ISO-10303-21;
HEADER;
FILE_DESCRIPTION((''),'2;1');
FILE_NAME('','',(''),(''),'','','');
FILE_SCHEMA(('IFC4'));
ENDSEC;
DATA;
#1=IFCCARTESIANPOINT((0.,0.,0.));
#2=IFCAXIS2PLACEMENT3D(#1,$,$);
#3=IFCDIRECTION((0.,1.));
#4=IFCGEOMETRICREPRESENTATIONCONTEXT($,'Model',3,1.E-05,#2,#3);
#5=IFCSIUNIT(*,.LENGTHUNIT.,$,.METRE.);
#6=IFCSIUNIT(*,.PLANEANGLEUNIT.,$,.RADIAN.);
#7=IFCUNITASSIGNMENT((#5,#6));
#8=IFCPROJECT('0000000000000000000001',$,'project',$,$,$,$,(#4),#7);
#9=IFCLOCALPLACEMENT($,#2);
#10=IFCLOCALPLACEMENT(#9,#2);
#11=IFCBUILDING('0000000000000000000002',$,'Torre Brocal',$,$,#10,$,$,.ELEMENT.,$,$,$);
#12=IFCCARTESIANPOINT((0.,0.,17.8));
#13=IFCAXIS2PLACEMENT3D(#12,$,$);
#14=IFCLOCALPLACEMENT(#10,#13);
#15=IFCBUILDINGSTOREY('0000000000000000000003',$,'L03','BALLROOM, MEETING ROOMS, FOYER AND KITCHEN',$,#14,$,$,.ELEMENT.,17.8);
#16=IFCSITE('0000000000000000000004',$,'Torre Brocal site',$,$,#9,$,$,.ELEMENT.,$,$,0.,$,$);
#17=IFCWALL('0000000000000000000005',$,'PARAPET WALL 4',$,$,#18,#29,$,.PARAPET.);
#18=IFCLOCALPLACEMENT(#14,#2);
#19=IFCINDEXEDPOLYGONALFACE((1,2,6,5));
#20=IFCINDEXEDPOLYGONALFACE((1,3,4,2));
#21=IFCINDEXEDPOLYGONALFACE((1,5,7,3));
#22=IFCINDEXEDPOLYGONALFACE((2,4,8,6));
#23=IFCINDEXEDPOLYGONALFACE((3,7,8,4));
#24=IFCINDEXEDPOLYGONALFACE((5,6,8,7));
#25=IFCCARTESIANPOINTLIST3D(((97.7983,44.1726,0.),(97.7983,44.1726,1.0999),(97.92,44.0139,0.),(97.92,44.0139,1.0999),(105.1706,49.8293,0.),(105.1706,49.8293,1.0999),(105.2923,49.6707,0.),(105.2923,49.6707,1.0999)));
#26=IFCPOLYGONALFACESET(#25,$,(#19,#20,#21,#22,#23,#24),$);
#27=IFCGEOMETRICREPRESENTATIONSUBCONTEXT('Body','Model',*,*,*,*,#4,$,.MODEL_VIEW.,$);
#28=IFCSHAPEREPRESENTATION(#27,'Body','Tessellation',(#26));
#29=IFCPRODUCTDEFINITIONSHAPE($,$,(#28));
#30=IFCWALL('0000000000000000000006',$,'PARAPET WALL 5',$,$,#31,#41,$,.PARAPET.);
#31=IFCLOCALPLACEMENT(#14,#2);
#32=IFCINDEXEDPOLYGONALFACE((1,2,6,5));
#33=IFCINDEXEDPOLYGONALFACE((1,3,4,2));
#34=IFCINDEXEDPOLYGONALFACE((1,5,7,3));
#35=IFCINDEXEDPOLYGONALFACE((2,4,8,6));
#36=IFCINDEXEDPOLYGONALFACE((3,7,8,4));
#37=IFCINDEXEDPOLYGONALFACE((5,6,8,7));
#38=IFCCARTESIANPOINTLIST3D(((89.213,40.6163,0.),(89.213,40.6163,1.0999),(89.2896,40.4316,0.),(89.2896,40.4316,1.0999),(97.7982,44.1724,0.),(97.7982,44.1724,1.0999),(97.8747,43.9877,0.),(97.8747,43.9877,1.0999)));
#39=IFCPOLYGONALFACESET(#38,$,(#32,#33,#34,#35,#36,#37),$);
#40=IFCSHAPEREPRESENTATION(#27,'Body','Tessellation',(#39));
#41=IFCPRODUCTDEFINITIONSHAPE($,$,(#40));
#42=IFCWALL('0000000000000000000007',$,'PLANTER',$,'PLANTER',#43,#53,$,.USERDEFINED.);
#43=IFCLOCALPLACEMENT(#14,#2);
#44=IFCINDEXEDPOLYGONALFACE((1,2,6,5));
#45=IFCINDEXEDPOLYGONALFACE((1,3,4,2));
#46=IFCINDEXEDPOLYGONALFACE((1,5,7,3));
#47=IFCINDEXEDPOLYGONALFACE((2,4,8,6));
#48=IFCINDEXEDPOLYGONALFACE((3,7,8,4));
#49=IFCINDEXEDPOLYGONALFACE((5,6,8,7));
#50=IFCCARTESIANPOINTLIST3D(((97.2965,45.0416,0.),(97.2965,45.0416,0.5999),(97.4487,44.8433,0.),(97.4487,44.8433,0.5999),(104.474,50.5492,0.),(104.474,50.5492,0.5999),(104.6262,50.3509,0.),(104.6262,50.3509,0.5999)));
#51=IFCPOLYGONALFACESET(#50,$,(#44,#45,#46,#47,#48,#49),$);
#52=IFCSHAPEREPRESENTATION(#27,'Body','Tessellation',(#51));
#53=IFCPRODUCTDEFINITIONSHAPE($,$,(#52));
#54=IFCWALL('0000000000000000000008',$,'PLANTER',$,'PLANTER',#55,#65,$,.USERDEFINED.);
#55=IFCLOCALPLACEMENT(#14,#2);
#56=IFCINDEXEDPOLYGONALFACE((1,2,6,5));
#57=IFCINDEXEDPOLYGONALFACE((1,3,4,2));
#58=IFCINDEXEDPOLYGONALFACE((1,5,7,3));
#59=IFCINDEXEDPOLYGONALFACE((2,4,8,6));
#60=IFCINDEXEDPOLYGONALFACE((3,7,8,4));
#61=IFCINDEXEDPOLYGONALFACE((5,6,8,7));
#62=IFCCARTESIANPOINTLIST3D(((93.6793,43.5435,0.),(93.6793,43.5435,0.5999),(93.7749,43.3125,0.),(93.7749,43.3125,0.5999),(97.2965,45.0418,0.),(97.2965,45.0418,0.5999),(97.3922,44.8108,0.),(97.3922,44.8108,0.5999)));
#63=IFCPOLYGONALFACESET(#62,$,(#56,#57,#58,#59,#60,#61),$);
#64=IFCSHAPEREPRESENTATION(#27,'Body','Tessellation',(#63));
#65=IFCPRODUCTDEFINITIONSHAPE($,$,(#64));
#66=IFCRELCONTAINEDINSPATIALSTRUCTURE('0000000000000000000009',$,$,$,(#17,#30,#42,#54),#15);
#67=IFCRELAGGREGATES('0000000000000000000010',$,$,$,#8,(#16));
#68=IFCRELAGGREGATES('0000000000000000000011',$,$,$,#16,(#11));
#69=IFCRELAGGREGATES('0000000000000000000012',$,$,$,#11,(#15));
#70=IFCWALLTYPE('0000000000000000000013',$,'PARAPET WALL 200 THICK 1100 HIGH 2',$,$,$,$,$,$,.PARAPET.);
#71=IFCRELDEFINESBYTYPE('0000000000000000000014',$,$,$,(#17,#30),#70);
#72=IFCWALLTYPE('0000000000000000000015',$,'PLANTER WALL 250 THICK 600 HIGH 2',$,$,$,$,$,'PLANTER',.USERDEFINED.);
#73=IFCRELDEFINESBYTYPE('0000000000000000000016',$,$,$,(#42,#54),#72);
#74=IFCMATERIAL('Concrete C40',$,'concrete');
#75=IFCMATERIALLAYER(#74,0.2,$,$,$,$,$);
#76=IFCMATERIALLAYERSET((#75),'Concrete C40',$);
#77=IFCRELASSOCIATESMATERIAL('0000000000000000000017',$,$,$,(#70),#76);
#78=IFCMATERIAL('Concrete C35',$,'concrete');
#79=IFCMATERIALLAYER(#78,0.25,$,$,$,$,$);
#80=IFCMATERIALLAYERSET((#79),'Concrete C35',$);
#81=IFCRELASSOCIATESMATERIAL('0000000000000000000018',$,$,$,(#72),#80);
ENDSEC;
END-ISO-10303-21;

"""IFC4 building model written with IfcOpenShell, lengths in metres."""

from ifc_helpers import new_model, si_unit, direction, frame, frame_2d, origin, place, context, subcontext, project, spatial, rectangle, extrude, material, layer, layer_set, type_object, element, save


model = new_model("IFC4")

# Units and contexts
model_context = context("Model", 3, precision=1e-05, world=origin(), true_north=direction((0.0, 1.0)))
body_context = subcontext(model_context, "Body", "Model", "MODEL_VIEW")
ifc_project = project(units=[si_unit("LENGTHUNIT", "METRE"), si_unit("PLANEANGLEUNIT", "RADIAN")], contexts=[model_context])

# Site, building, storey
site_placement = place(None, origin())
site = spatial("IfcSite", under=ifc_project, at=site_placement, Name="Torre Brocal site", CompositionType="ELEMENT", RefElevation=0.0)
building_placement = place(site_placement, origin())
building = spatial("IfcBuilding", under=site, at=building_placement, Name="Torre Brocal", CompositionType="ELEMENT")
storey_placement = place(building_placement, frame((0.0, 0.0, 17.8)))
storey = spatial("IfcBuildingStorey", under=building, at=storey_placement, Name="L03", Description="BALLROOM, MEETING ROOMS, FOYER AND KITCHEN", CompositionType="ELEMENT", Elevation=17.8)

# Walls
ifc_material_1 = material(Name="Concrete C40", Category="concrete")
ifc_layer_1 = layer(ifc_material_1, 0.2)
ifc_layer_set_1 = layer_set([ifc_layer_1], Name="Concrete C40")
wall_type_1 = type_object("IfcWallType", Name="PARAPET WALL 200 THICK 1100 HIGH 2", PredefinedType="PARAPET", material=ifc_layer_set_1)
for number, where, z_axis, x_axis, name in (
    (1, (105.2314, 49.75, 0.0), (0.0, 0.0, 1.0), (-0.793366, -0.608745, 0.0), "PARAPET WALL 4"),
    (2, (97.8364, 44.0801, 0.0), (0.0, 0.0, 1.0), (-0.923878, -0.382687, 0.0), "PARAPET WALL 5"),
):
    element("IfcWall", number, at=place(storey_placement, frame(where, z_axis=z_axis, x_axis=x_axis)), inside=storey, type_object=wall_type_1, Name=name, PredefinedType="PARAPET", context=body_context, shape_type="SweptSolid", body=[
        extrude(rectangle(XDim=9.2925, YDim=0.2, at=frame_2d((4.6462, 0.0))), origin(), (0.0, 0.0, 1.0), 1.0999),
    ])
ifc_material_2 = material(Name="Concrete C35", Category="concrete")
ifc_layer_2 = layer(ifc_material_2, 0.25)
ifc_layer_set_2 = layer_set([ifc_layer_2], Name="Concrete C35")
wall_type_2 = type_object("IfcWallType", Name="PLANTER WALL 250 THICK 600 HIGH 2", ElementType="PLANTER", PredefinedType="USERDEFINED", material=ifc_layer_set_2)
wall_1_placement = place(storey_placement, frame((104.55, 50.45, 0.0), z_axis=(0.0, 0.0, 1.0), x_axis=(-0.793349, -0.608767, 0.0)))
element("IfcWall", 3, at=wall_1_placement, inside=storey, type_object=wall_type_2, Name="PLANTER", ObjectType="PLANTER", PredefinedType="USERDEFINED", context=body_context, shape_type="SweptSolid", body=[
    extrude(rectangle(XDim=9.0471, YDim=0.25, at=frame_2d((4.5234, 0.0))), origin(), (0.0, 0.0, 1.0), 0.5999),
])
wall_2_placement = place(storey_placement, frame((97.3442, 44.9263, 0.0), z_axis=(0.0, 0.0, 1.0), x_axis=(-0.923879, -0.382684, 0.0)))
element("IfcWall", 4, at=wall_2_placement, inside=storey, type_object=wall_type_2, Name="PLANTER", ObjectType="PLANTER", PredefinedType="USERDEFINED", context=body_context, shape_type="SweptSolid", body=[
    extrude(rectangle(XDim=3.9153, YDim=0.25, at=frame_2d((1.9575, 0.0))), origin(), (0.0, 0.0, 1.0), 0.5999),
])

save(model, "model.ifc")
